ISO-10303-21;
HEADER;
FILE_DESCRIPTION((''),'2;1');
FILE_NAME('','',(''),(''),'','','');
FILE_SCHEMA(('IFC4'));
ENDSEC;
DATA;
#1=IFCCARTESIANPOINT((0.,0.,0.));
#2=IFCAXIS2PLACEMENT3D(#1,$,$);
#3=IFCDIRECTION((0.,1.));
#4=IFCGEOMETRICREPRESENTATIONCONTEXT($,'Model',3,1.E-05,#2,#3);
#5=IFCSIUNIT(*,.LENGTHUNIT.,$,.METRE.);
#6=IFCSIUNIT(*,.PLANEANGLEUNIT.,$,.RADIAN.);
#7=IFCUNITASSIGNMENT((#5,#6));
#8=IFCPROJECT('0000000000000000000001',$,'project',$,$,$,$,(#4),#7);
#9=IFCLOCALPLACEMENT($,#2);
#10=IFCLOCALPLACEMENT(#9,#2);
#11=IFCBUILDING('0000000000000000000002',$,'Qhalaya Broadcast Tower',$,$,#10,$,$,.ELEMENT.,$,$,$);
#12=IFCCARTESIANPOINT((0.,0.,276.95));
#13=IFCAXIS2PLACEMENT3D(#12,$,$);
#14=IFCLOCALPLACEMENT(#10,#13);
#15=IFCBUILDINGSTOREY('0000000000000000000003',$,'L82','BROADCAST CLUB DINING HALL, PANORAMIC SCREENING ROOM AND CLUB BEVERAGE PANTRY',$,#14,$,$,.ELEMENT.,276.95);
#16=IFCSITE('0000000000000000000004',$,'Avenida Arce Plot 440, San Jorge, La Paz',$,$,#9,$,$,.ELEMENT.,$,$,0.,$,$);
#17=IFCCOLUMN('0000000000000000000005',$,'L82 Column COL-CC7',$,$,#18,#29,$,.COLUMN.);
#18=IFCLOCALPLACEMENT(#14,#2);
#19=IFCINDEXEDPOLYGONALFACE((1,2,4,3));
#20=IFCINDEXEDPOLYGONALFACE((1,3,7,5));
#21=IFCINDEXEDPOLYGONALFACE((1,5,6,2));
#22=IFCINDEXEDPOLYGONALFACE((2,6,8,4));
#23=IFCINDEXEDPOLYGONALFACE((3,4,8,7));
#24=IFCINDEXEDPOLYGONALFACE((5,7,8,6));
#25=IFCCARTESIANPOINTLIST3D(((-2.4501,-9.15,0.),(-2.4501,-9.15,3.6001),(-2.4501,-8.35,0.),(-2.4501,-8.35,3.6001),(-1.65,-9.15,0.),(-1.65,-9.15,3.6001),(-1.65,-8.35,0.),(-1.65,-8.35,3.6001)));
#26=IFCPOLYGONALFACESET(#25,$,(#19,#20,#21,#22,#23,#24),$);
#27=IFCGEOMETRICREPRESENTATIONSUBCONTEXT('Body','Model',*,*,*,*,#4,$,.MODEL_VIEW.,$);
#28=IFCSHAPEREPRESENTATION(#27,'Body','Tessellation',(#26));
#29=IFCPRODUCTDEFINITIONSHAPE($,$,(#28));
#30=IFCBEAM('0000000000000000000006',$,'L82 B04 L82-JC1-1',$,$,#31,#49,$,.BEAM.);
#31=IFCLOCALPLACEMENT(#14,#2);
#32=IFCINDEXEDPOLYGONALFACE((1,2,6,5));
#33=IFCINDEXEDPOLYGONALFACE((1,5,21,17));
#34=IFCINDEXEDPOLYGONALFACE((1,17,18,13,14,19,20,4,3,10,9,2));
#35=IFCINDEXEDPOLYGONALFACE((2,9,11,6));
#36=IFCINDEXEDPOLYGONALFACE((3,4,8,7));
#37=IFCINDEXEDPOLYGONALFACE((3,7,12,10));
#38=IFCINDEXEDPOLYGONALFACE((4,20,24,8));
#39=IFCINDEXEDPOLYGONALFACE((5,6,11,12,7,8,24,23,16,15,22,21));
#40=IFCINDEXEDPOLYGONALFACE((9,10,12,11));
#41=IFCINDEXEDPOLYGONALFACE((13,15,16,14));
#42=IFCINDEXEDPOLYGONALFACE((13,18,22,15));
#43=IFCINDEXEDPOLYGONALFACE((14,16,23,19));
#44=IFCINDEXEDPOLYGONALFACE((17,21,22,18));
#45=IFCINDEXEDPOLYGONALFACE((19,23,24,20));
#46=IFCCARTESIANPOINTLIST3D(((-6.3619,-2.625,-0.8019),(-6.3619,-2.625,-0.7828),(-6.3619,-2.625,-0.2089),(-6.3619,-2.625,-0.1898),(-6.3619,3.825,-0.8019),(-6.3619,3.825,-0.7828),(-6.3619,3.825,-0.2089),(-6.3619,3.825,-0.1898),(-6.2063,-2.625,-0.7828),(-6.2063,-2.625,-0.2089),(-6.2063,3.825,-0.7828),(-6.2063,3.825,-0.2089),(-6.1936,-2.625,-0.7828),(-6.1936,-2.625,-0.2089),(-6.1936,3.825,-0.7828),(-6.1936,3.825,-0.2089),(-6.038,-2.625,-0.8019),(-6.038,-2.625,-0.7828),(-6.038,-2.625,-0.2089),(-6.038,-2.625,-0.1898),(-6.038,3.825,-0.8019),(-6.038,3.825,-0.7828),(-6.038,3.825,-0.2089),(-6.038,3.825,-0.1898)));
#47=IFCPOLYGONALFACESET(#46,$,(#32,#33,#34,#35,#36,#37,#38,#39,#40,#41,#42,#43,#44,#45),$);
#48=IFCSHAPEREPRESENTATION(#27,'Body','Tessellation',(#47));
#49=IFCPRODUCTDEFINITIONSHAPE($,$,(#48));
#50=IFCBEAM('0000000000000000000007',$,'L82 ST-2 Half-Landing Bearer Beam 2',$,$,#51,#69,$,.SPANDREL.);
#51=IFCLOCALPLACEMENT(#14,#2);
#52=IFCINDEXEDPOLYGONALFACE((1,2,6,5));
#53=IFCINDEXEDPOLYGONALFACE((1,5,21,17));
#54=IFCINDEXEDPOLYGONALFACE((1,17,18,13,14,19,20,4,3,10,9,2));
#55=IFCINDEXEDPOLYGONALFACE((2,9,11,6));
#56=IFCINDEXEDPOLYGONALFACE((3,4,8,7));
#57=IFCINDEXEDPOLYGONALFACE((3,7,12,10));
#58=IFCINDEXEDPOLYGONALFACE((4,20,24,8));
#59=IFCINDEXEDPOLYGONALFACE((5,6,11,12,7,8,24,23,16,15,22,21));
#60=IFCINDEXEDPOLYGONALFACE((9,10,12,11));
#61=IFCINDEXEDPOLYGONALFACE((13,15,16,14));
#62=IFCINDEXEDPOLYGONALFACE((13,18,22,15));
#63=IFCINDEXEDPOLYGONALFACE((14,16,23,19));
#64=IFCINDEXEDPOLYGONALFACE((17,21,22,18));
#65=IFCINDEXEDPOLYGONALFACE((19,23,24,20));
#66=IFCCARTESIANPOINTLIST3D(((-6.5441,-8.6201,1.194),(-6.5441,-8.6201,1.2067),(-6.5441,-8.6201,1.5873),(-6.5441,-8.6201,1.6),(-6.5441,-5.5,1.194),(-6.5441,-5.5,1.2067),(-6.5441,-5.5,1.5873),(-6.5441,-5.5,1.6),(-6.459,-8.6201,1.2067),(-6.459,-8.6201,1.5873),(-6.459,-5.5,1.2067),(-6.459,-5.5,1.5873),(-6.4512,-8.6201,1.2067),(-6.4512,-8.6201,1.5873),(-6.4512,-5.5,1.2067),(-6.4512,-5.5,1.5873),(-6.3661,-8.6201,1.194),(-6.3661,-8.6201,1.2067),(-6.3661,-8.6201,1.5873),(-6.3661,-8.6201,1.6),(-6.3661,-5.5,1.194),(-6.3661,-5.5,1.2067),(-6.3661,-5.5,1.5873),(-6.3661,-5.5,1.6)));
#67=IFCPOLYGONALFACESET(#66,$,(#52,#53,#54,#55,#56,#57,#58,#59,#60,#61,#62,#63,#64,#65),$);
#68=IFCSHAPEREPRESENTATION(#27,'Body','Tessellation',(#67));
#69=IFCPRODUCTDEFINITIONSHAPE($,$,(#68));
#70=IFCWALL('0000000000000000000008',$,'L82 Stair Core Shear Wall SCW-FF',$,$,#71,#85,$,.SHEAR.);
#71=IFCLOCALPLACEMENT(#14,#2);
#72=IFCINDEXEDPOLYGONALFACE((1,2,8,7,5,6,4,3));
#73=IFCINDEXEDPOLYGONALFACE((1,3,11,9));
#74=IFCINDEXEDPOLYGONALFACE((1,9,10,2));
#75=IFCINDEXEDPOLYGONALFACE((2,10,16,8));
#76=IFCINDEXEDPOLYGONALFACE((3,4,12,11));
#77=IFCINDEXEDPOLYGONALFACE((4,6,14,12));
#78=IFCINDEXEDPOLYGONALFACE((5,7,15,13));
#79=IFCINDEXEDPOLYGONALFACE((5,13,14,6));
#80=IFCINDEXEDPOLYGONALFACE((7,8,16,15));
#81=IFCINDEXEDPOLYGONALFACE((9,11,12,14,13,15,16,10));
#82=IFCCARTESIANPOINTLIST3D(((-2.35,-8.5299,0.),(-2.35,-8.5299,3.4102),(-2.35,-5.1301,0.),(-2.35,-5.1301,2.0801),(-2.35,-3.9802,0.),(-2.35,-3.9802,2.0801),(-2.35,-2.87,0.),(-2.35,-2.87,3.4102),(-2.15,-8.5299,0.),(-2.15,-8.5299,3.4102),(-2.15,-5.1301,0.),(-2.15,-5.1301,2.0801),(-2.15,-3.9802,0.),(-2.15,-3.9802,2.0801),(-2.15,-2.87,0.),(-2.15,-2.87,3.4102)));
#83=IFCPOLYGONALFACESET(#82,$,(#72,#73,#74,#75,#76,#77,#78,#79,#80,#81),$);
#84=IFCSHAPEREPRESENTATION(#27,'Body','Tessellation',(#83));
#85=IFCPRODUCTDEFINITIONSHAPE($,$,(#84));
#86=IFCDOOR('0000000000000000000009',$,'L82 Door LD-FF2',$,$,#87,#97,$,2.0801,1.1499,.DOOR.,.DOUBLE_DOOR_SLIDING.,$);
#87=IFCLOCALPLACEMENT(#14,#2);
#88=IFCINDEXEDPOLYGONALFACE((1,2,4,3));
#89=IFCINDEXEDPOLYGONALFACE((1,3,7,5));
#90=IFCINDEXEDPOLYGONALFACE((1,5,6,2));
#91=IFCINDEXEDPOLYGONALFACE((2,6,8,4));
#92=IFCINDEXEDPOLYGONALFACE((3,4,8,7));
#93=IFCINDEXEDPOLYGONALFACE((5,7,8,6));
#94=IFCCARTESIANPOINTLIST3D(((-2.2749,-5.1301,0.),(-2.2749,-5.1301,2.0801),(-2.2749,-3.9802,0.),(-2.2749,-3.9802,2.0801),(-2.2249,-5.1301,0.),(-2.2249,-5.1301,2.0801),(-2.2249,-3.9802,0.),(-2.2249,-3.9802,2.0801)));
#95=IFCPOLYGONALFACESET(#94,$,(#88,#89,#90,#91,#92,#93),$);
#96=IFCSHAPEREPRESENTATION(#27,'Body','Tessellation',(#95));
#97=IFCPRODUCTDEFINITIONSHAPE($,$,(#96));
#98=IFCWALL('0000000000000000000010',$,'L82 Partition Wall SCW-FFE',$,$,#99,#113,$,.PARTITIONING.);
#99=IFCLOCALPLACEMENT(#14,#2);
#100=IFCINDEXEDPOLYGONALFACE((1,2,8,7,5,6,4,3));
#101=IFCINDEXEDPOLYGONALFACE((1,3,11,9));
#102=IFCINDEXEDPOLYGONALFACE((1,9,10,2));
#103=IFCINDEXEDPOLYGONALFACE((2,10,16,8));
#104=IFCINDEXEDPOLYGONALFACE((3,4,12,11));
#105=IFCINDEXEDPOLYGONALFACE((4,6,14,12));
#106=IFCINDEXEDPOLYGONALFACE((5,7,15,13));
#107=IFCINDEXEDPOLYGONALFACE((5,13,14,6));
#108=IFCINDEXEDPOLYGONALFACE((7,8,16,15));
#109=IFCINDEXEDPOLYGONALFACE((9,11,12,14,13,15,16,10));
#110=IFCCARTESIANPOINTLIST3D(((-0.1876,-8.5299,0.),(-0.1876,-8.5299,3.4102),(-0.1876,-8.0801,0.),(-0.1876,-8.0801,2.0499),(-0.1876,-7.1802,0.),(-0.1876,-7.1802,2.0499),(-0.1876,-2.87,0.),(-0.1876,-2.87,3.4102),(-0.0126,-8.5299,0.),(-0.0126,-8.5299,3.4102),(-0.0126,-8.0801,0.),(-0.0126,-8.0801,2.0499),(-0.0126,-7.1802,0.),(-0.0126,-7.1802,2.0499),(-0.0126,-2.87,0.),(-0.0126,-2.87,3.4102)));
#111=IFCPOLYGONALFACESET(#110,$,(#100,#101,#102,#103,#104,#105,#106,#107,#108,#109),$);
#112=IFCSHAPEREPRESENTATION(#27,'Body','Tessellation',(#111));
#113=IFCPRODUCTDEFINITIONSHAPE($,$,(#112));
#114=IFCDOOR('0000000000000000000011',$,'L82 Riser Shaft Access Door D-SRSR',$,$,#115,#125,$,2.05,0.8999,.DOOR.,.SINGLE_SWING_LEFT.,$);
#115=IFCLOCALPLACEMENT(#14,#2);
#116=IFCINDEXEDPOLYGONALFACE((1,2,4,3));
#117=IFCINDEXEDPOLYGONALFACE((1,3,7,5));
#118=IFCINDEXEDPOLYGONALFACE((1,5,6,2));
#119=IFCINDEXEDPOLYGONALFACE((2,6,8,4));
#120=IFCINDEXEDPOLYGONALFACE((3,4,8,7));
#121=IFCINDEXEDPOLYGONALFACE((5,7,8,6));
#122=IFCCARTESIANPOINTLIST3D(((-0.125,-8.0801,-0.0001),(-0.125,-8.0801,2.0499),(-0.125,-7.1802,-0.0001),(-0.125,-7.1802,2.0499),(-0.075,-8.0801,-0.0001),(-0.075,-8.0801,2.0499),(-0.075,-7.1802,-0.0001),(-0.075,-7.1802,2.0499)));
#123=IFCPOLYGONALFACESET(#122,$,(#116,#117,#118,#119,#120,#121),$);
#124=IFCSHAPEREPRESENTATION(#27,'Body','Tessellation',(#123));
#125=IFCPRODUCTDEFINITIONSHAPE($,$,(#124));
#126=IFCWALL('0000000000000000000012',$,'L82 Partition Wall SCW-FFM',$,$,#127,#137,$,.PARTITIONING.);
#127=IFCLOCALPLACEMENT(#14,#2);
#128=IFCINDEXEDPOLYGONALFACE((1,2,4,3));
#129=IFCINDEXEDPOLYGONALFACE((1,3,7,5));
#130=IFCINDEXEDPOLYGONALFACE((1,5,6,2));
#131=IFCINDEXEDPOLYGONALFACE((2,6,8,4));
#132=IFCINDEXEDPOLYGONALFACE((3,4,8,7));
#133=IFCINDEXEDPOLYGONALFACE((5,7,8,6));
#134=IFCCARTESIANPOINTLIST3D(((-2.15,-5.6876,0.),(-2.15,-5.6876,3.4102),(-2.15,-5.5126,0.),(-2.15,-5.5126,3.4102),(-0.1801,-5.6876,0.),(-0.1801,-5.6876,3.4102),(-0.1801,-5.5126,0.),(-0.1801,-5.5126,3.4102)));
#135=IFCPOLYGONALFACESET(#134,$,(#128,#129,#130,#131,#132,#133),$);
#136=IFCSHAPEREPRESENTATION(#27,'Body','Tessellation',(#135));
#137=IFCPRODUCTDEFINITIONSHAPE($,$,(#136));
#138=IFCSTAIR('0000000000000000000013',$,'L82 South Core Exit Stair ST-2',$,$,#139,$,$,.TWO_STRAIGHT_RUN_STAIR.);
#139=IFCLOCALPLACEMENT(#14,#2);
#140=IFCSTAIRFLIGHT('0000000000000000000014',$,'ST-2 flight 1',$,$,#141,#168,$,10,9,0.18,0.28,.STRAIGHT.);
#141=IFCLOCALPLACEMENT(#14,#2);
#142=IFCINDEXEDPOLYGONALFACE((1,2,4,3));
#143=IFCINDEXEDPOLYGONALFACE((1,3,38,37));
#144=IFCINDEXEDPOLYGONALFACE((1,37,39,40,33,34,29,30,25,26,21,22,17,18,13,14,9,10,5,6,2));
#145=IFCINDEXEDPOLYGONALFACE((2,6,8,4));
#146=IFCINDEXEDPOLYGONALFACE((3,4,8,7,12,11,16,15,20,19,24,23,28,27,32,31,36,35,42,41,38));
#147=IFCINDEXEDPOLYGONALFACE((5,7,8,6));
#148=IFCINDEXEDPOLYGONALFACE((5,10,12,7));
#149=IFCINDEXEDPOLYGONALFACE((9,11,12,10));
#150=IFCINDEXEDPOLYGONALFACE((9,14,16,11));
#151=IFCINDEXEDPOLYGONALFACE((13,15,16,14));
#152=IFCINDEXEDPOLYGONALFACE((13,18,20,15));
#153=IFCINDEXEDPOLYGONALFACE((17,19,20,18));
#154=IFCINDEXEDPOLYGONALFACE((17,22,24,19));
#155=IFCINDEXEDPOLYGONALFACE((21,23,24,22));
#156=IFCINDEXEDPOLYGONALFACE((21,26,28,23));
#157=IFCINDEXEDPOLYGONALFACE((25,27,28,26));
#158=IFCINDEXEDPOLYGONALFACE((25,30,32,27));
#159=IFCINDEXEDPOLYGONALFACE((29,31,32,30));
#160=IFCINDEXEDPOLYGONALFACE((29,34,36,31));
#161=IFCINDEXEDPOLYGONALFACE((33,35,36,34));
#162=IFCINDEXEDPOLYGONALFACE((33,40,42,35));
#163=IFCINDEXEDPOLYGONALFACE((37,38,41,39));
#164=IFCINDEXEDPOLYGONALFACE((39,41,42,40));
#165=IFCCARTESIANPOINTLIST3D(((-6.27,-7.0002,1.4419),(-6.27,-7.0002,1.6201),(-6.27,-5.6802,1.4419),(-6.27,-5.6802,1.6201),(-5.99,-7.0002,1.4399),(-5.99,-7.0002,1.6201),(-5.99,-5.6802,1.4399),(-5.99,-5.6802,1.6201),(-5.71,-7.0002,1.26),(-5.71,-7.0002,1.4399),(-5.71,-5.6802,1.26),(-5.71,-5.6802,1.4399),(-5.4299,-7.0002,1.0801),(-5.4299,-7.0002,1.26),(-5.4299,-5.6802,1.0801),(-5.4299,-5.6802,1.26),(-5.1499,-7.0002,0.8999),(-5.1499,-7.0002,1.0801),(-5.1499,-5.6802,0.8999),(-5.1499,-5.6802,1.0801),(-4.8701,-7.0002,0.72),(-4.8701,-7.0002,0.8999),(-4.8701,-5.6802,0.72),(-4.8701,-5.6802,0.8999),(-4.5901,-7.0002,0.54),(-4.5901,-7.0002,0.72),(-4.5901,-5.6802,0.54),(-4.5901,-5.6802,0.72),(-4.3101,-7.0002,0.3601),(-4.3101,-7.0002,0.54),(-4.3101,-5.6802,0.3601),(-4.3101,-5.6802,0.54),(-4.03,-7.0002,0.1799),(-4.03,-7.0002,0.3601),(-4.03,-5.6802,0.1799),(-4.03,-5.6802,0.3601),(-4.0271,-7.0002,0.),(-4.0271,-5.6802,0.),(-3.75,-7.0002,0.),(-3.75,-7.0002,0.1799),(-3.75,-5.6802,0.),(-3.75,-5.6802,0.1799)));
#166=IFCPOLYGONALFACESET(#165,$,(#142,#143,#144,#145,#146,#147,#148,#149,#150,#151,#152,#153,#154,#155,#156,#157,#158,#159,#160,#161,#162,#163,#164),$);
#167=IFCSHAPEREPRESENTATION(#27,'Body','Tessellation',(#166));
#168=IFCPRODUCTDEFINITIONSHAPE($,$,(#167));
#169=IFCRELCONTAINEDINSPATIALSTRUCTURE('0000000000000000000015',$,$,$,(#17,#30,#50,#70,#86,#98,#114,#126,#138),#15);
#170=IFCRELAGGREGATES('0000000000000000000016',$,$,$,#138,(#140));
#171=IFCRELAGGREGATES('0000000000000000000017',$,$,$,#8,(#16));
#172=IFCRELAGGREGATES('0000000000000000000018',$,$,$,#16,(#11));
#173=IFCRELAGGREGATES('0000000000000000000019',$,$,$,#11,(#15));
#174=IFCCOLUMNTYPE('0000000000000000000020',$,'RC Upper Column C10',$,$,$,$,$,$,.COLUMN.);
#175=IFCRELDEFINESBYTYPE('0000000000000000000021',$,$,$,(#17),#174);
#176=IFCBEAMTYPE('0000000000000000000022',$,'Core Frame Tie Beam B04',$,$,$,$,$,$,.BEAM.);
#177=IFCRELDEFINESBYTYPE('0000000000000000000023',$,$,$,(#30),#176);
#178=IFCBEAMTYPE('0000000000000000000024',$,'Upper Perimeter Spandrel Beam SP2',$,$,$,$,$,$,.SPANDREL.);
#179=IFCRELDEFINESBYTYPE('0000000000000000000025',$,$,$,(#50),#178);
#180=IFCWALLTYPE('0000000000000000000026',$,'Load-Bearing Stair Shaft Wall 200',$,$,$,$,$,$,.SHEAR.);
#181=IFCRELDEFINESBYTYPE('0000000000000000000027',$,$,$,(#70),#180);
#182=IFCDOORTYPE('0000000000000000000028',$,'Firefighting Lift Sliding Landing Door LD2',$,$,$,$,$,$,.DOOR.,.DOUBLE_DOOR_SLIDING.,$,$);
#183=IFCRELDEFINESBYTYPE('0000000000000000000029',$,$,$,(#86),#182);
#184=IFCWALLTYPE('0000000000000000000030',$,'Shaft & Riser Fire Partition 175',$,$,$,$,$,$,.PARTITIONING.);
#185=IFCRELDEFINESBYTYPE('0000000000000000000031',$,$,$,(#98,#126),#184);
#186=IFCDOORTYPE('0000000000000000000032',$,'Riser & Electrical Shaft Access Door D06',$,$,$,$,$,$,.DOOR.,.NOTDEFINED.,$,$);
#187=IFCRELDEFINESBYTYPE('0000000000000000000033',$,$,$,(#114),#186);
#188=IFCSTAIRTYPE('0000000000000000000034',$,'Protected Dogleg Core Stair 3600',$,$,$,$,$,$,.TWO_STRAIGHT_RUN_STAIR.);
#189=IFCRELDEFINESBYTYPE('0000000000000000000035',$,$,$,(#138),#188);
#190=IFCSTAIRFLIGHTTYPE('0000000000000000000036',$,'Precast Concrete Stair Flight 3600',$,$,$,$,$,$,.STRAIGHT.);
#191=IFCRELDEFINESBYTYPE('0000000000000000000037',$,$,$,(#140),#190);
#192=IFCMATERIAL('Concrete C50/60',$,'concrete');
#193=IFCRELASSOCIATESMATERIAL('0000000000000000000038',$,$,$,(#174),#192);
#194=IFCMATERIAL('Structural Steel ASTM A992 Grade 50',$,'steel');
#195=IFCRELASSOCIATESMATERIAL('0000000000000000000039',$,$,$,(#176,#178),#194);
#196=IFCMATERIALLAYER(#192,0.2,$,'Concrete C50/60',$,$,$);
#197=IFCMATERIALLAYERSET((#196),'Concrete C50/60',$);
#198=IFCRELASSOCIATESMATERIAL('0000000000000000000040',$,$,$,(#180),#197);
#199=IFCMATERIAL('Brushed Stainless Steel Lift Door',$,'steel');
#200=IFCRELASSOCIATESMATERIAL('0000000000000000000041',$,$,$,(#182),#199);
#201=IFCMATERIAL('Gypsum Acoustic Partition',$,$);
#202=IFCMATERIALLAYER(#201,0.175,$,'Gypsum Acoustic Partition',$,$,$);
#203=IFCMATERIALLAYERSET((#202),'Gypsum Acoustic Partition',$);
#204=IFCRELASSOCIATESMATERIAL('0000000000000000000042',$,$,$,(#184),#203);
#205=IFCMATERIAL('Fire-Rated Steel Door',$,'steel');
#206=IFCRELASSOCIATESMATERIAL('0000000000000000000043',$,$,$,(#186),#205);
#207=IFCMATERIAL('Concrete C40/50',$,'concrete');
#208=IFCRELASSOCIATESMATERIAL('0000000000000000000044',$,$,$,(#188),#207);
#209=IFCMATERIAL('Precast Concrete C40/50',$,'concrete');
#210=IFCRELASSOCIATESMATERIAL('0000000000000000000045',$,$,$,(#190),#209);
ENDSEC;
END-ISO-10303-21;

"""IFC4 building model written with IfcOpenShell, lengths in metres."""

from ifc_helpers import new_model, si_unit, direction, frame, frame_2d, origin, origin_2d, place, context, subcontext, project, spatial, polyline, rectangle, i_section, outline, extrude, material, layer, layer_set, material_profile, profile_set, type_object, element, fill, aggregate, save


model = new_model("IFC4")

# Units and contexts
model_context = context("Model", 3, precision=1e-05, world=origin(), true_north=direction((0.0, 1.0)))
body_context = subcontext(model_context, "Body", "Model", "MODEL_VIEW")
ifc_project = project(units=[si_unit("LENGTHUNIT", "METRE"), si_unit("PLANEANGLEUNIT", "RADIAN")], contexts=[model_context])

# Site, building, storey
site_placement = place(None, origin())
site = spatial("IfcSite", under=ifc_project, at=site_placement, Name="Avenida Arce Plot 440, San Jorge, La Paz", CompositionType="ELEMENT", RefElevation=0.0)
building_placement = place(site_placement, origin())
building = spatial("IfcBuilding", under=site, at=building_placement, Name="Qhalaya Broadcast Tower", CompositionType="ELEMENT")
storey_placement = place(building_placement, frame((0.0, 0.0, 276.95)))
storey = spatial("IfcBuildingStorey", under=building, at=storey_placement, Name="L82", Description="BROADCAST CLUB DINING HALL, PANORAMIC SCREENING ROOM AND CLUB BEVERAGE PANTRY", CompositionType="ELEMENT", Elevation=276.95)

# Column
ifc_material_1 = material(Name="Concrete C50/60", Category="concrete")
ifc_material_profile_1 = material_profile(ifc_material_1, rectangle(XDim=0.8, YDim=0.8, at=origin_2d()), Name="RC-COL 800x800")
ifc_profile_set_1 = profile_set([ifc_material_profile_1], Name="Concrete C50/60")
column_type = type_object("IfcColumnType", Name="RC Upper Column C10", PredefinedType="COLUMN", material=ifc_profile_set_1)
column_placement = place(storey_placement, frame((-2.05, -8.75, 0.0), z_axis=(0.0, 0.0, 1.0), x_axis=(1.0, 0.0, 0.0)))
element("IfcColumn", 1, at=column_placement, inside=storey, type_object=column_type, Name="L82 Column COL-CC7", PredefinedType="COLUMN", context=body_context, shape_type="SweptSolid", body=[
    extrude(rectangle(XDim=0.8, YDim=0.8, at=origin_2d()), origin(), (0.0, 0.0, 1.0), 3.6001),
])

# Beams
ifc_material_2 = material(Name="Structural Steel ASTM A992 Grade 50", Category="steel")
ifc_material_profile_2 = material_profile(ifc_material_2, i_section(OverallWidth=0.324, OverallDepth=0.6121, WebThickness=0.0127, FlangeThickness=0.019, at=origin_2d()), Name="W24X104")
ifc_profile_set_2 = profile_set([ifc_material_profile_2], Name="Structural Steel ASTM A992 Grade 50")
beam_type_1 = type_object("IfcBeamType", Name="Core Frame Tie Beam B04", PredefinedType="BEAM", material=ifc_profile_set_2)
beam_1_placement = place(storey_placement, frame((-6.2, -2.625, -0.4958), z_axis=(0.0, 1.0, 0.0), x_axis=(-1.0, 0.0, 0.0)))
element("IfcBeam", 2, at=beam_1_placement, inside=storey, type_object=beam_type_1, Name="L82 B04 L82-JC1-1", PredefinedType="BEAM", context=body_context, shape_type="SweptSolid", body=[
    extrude(i_section(OverallWidth=0.324, OverallDepth=0.6121, WebThickness=0.0127, FlangeThickness=0.019, at=origin_2d()), origin(), (0.0, 0.0, 1.0), 6.45),
])
ifc_material_profile_3 = material_profile(ifc_material_2, i_section(OverallWidth=0.178, OverallDepth=0.406, WebThickness=0.0078, FlangeThickness=0.0127, at=origin_2d()), Name="W16X40")
ifc_profile_set_3 = profile_set([ifc_material_profile_3], Name="Structural Steel ASTM A992 Grade 50")
beam_type_2 = type_object("IfcBeamType", Name="Upper Perimeter Spandrel Beam SP2", PredefinedType="SPANDREL", material=ifc_profile_set_3)
beam_2_placement = place(storey_placement, frame((-6.4551, -8.6201, 1.397), z_axis=(0.0, 1.0, 0.0), x_axis=(-1.0, 0.0, 0.0)))
element("IfcBeam", 3, at=beam_2_placement, inside=storey, type_object=beam_type_2, Name="L82 ST-2 Half-Landing Bearer Beam 2", PredefinedType="SPANDREL", context=body_context, shape_type="SweptSolid", body=[
    extrude(i_section(OverallWidth=0.178, OverallDepth=0.406, WebThickness=0.0078, FlangeThickness=0.0127, at=origin_2d()), origin(), (0.0, 0.0, 1.0), 3.1201),
])

# Walls, openings, doors
ifc_layer_1 = layer(ifc_material_1, 0.2, Name="Concrete C50/60")
ifc_layer_set_1 = layer_set([ifc_layer_1], Name="Concrete C50/60")
wall_type_1 = type_object("IfcWallType", Name="Load-Bearing Stair Shaft Wall 200", PredefinedType="SHEAR", material=ifc_layer_set_1)
wall_1_placement = place(storey_placement, frame((-2.25, -8.53, 0.0), z_axis=(0.0, 0.0, 1.0), x_axis=(0.0, 1.0, 0.0)))
wall_1 = element("IfcWall", 4, at=wall_1_placement, inside=storey, type_object=wall_type_1, Name="L82 Stair Core Shear Wall SCW-FF", PredefinedType="SHEAR", context=body_context, shape_type="SweptSolid", body=[
    extrude(rectangle(XDim=5.6599, YDim=0.2, at=frame_2d((2.8301, 0.0))), origin(), (0.0, 0.0, 1.0), 3.4102),
])
opening_1_placement = place(wall_1_placement, frame((3.3999, 0.0, 0.0)))
opening_1 = element("IfcOpeningElement", 5, at=opening_1_placement, cuts=wall_1, PredefinedType="OPENING", context=body_context, shape_type="SweptSolid", body=[
    extrude(rectangle(XDim=1.1499, YDim=2.0801, at=frame_2d((0.575, 1.04))), frame((0.0, 0.1121, 0.0), z_axis=(0.0, -1.0, 0.0), x_axis=(1.0, 0.0, 0.0)), (0.0, 0.0, 1.0), 0.2239),
])
ifc_material_3 = material(Name="Brushed Stainless Steel Lift Door", Category="steel")
door_type_1 = type_object("IfcDoorType", Name="Firefighting Lift Sliding Landing Door LD2", OperationType="DOUBLE_DOOR_SLIDING", PredefinedType="DOOR", material=ifc_material_3)
door_1_placement = place(opening_1_placement, origin())
door_1 = element("IfcDoor", 6, at=door_1_placement, inside=storey, type_object=door_type_1, Name="L82 Door LD-FF2", OperationType="DOUBLE_DOOR_SLIDING", OverallHeight=2.0801, OverallWidth=1.1499, PredefinedType="DOOR", context=body_context, shape_type="SweptSolid", body=[
    extrude(rectangle(XDim=1.1499, YDim=2.0801, at=frame_2d((0.575, 1.04))), frame((0.0, 0.0249, 0.0), z_axis=(0.0, -1.0, 0.0), x_axis=(1.0, 0.0, 0.0)), (0.0, 0.0, 1.0), 0.05),
])
fill(opening_1, door_1)
ifc_material_4 = material(Name="Gypsum Acoustic Partition")
ifc_layer_2 = layer(ifc_material_4, 0.175, Name="Gypsum Acoustic Partition")
ifc_layer_set_2 = layer_set([ifc_layer_2], Name="Gypsum Acoustic Partition")
wall_type_2 = type_object("IfcWallType", Name="Shaft & Riser Fire Partition 175", PredefinedType="PARTITIONING", material=ifc_layer_set_2)
wall_2_placement = place(storey_placement, frame((-0.1001, -8.53, 0.0), z_axis=(0.0, 0.0, 1.0), x_axis=(0.0, 1.0, 0.0)))
wall_2 = element("IfcWall", 7, at=wall_2_placement, inside=storey, type_object=wall_type_2, Name="L82 Partition Wall SCW-FFE", PredefinedType="PARTITIONING", context=body_context, shape_type="SweptSolid", body=[
    extrude(rectangle(XDim=5.6599, YDim=0.175, at=frame_2d((2.8301, 0.0))), origin(), (0.0, 0.0, 1.0), 3.4102),
])
opening_2_placement = place(wall_2_placement, frame((0.45, 0.0, 0.0)))
opening_2 = element("IfcOpeningElement", 8, at=opening_2_placement, cuts=wall_2, PredefinedType="OPENING", context=body_context, shape_type="SweptSolid", body=[
    extrude(rectangle(XDim=0.8999, YDim=2.05, at=frame_2d((0.45, 1.0249))), frame((0.0, 0.0996, 0.0), z_axis=(0.0, -1.0, 0.0), x_axis=(1.0, 0.0, 0.0)), (0.0, 0.0, 1.0), 0.199),
])
ifc_material_5 = material(Name="Fire-Rated Steel Door", Category="steel")
door_type_2 = type_object("IfcDoorType", Name="Riser & Electrical Shaft Access Door D06", OperationType="NOTDEFINED", PredefinedType="DOOR", material=ifc_material_5)
door_2_placement = place(opening_2_placement, origin())
door_2 = element("IfcDoor", 9, at=door_2_placement, inside=storey, type_object=door_type_2, Name="L82 Riser Shaft Access Door D-SRSR", OperationType="SINGLE_SWING_LEFT", OverallHeight=2.05, OverallWidth=0.8999, PredefinedType="DOOR", context=body_context, shape_type="SweptSolid", body=[
    extrude(rectangle(XDim=0.8999, YDim=2.05, at=frame_2d((0.45, 1.0249))), frame((0.0, 0.0249, 0.0), z_axis=(0.0, -1.0, 0.0), x_axis=(1.0, 0.0, 0.0)), (0.0, 0.0, 1.0), 0.05),
])
fill(opening_2, door_2)

# Wall
wall_3_placement = place(storey_placement, frame((-2.1499, -5.6001, 0.0), z_axis=(0.0, 0.0, 1.0), x_axis=(1.0, 0.0, 0.0)))
element("IfcWall", 10, at=wall_3_placement, inside=storey, type_object=wall_type_2, Name="L82 Partition Wall SCW-FFM", PredefinedType="PARTITIONING", context=body_context, shape_type="SweptSolid", body=[
    extrude(rectangle(XDim=1.97, YDim=0.175, at=frame_2d((0.9849, 0.0))), origin(), (0.0, 0.0, 1.0), 3.4102),
])

# Stair, stair flight
ifc_material_6 = material(Name="Concrete C40/50", Category="concrete")
stair_type = type_object("IfcStairType", Name="Protected Dogleg Core Stair 3600", PredefinedType="TWO_STRAIGHT_RUN_STAIR", material=ifc_material_6)
stair_placement = place(storey_placement, origin())
stair = element("IfcStair", 11, at=stair_placement, inside=storey, type_object=stair_type, Name="L82 South Core Exit Stair ST-2", PredefinedType="TWO_STRAIGHT_RUN_STAIR")
ifc_material_7 = material(Name="Precast Concrete C40/50", Category="concrete")
stair_flight_type = type_object("IfcStairFlightType", Name="Precast Concrete Stair Flight 3600", PredefinedType="STRAIGHT", material=ifc_material_7)
stair_flight_1_placement = place(storey_placement, frame((-3.75, -6.3401, 0.0), z_axis=(0.0, 0.0, 1.0), x_axis=(-1.0, 0.0, 0.0)))
stair_flight_1 = element("IfcStairFlight", 12, at=stair_flight_1_placement, type_object=stair_flight_type, Name="ST-2 flight 1", NumberOfRisers=10, NumberOfTreads=9, PredefinedType="STRAIGHT", RiserHeight=0.18, TreadLength=0.28, context=body_context, shape_type="SweptSolid", body=[
    extrude(outline(polyline([(0.0, 0.0), (0.0, 0.1799), (0.28, 0.1799), (0.28, 0.3601), (0.5601, 0.3601), (0.5601, 0.54), (0.8401, 0.54), (0.8401, 0.72), (1.1201, 0.72), (1.1201, 0.8999), (1.3999, 0.8999), (1.3999, 1.0801), (1.6799, 1.0801), (1.6799, 1.26), (1.96, 1.26), (1.96, 1.4399), (2.24, 1.4399), (2.24, 1.6201), (2.52, 1.6201), (2.52, 1.8), (2.52, 1.4419), (0.2771, 0.0), (0.0, 0.0)])), frame((0.0, 0.6602, 0.0), z_axis=(0.0, -1.0, 0.0), x_axis=(1.0, 0.0, 0.0)), (0.0, 0.0, 1.0), 1.3201),
])
aggregate(stair, [stair_flight_1])

save(model, "model.ifc")
